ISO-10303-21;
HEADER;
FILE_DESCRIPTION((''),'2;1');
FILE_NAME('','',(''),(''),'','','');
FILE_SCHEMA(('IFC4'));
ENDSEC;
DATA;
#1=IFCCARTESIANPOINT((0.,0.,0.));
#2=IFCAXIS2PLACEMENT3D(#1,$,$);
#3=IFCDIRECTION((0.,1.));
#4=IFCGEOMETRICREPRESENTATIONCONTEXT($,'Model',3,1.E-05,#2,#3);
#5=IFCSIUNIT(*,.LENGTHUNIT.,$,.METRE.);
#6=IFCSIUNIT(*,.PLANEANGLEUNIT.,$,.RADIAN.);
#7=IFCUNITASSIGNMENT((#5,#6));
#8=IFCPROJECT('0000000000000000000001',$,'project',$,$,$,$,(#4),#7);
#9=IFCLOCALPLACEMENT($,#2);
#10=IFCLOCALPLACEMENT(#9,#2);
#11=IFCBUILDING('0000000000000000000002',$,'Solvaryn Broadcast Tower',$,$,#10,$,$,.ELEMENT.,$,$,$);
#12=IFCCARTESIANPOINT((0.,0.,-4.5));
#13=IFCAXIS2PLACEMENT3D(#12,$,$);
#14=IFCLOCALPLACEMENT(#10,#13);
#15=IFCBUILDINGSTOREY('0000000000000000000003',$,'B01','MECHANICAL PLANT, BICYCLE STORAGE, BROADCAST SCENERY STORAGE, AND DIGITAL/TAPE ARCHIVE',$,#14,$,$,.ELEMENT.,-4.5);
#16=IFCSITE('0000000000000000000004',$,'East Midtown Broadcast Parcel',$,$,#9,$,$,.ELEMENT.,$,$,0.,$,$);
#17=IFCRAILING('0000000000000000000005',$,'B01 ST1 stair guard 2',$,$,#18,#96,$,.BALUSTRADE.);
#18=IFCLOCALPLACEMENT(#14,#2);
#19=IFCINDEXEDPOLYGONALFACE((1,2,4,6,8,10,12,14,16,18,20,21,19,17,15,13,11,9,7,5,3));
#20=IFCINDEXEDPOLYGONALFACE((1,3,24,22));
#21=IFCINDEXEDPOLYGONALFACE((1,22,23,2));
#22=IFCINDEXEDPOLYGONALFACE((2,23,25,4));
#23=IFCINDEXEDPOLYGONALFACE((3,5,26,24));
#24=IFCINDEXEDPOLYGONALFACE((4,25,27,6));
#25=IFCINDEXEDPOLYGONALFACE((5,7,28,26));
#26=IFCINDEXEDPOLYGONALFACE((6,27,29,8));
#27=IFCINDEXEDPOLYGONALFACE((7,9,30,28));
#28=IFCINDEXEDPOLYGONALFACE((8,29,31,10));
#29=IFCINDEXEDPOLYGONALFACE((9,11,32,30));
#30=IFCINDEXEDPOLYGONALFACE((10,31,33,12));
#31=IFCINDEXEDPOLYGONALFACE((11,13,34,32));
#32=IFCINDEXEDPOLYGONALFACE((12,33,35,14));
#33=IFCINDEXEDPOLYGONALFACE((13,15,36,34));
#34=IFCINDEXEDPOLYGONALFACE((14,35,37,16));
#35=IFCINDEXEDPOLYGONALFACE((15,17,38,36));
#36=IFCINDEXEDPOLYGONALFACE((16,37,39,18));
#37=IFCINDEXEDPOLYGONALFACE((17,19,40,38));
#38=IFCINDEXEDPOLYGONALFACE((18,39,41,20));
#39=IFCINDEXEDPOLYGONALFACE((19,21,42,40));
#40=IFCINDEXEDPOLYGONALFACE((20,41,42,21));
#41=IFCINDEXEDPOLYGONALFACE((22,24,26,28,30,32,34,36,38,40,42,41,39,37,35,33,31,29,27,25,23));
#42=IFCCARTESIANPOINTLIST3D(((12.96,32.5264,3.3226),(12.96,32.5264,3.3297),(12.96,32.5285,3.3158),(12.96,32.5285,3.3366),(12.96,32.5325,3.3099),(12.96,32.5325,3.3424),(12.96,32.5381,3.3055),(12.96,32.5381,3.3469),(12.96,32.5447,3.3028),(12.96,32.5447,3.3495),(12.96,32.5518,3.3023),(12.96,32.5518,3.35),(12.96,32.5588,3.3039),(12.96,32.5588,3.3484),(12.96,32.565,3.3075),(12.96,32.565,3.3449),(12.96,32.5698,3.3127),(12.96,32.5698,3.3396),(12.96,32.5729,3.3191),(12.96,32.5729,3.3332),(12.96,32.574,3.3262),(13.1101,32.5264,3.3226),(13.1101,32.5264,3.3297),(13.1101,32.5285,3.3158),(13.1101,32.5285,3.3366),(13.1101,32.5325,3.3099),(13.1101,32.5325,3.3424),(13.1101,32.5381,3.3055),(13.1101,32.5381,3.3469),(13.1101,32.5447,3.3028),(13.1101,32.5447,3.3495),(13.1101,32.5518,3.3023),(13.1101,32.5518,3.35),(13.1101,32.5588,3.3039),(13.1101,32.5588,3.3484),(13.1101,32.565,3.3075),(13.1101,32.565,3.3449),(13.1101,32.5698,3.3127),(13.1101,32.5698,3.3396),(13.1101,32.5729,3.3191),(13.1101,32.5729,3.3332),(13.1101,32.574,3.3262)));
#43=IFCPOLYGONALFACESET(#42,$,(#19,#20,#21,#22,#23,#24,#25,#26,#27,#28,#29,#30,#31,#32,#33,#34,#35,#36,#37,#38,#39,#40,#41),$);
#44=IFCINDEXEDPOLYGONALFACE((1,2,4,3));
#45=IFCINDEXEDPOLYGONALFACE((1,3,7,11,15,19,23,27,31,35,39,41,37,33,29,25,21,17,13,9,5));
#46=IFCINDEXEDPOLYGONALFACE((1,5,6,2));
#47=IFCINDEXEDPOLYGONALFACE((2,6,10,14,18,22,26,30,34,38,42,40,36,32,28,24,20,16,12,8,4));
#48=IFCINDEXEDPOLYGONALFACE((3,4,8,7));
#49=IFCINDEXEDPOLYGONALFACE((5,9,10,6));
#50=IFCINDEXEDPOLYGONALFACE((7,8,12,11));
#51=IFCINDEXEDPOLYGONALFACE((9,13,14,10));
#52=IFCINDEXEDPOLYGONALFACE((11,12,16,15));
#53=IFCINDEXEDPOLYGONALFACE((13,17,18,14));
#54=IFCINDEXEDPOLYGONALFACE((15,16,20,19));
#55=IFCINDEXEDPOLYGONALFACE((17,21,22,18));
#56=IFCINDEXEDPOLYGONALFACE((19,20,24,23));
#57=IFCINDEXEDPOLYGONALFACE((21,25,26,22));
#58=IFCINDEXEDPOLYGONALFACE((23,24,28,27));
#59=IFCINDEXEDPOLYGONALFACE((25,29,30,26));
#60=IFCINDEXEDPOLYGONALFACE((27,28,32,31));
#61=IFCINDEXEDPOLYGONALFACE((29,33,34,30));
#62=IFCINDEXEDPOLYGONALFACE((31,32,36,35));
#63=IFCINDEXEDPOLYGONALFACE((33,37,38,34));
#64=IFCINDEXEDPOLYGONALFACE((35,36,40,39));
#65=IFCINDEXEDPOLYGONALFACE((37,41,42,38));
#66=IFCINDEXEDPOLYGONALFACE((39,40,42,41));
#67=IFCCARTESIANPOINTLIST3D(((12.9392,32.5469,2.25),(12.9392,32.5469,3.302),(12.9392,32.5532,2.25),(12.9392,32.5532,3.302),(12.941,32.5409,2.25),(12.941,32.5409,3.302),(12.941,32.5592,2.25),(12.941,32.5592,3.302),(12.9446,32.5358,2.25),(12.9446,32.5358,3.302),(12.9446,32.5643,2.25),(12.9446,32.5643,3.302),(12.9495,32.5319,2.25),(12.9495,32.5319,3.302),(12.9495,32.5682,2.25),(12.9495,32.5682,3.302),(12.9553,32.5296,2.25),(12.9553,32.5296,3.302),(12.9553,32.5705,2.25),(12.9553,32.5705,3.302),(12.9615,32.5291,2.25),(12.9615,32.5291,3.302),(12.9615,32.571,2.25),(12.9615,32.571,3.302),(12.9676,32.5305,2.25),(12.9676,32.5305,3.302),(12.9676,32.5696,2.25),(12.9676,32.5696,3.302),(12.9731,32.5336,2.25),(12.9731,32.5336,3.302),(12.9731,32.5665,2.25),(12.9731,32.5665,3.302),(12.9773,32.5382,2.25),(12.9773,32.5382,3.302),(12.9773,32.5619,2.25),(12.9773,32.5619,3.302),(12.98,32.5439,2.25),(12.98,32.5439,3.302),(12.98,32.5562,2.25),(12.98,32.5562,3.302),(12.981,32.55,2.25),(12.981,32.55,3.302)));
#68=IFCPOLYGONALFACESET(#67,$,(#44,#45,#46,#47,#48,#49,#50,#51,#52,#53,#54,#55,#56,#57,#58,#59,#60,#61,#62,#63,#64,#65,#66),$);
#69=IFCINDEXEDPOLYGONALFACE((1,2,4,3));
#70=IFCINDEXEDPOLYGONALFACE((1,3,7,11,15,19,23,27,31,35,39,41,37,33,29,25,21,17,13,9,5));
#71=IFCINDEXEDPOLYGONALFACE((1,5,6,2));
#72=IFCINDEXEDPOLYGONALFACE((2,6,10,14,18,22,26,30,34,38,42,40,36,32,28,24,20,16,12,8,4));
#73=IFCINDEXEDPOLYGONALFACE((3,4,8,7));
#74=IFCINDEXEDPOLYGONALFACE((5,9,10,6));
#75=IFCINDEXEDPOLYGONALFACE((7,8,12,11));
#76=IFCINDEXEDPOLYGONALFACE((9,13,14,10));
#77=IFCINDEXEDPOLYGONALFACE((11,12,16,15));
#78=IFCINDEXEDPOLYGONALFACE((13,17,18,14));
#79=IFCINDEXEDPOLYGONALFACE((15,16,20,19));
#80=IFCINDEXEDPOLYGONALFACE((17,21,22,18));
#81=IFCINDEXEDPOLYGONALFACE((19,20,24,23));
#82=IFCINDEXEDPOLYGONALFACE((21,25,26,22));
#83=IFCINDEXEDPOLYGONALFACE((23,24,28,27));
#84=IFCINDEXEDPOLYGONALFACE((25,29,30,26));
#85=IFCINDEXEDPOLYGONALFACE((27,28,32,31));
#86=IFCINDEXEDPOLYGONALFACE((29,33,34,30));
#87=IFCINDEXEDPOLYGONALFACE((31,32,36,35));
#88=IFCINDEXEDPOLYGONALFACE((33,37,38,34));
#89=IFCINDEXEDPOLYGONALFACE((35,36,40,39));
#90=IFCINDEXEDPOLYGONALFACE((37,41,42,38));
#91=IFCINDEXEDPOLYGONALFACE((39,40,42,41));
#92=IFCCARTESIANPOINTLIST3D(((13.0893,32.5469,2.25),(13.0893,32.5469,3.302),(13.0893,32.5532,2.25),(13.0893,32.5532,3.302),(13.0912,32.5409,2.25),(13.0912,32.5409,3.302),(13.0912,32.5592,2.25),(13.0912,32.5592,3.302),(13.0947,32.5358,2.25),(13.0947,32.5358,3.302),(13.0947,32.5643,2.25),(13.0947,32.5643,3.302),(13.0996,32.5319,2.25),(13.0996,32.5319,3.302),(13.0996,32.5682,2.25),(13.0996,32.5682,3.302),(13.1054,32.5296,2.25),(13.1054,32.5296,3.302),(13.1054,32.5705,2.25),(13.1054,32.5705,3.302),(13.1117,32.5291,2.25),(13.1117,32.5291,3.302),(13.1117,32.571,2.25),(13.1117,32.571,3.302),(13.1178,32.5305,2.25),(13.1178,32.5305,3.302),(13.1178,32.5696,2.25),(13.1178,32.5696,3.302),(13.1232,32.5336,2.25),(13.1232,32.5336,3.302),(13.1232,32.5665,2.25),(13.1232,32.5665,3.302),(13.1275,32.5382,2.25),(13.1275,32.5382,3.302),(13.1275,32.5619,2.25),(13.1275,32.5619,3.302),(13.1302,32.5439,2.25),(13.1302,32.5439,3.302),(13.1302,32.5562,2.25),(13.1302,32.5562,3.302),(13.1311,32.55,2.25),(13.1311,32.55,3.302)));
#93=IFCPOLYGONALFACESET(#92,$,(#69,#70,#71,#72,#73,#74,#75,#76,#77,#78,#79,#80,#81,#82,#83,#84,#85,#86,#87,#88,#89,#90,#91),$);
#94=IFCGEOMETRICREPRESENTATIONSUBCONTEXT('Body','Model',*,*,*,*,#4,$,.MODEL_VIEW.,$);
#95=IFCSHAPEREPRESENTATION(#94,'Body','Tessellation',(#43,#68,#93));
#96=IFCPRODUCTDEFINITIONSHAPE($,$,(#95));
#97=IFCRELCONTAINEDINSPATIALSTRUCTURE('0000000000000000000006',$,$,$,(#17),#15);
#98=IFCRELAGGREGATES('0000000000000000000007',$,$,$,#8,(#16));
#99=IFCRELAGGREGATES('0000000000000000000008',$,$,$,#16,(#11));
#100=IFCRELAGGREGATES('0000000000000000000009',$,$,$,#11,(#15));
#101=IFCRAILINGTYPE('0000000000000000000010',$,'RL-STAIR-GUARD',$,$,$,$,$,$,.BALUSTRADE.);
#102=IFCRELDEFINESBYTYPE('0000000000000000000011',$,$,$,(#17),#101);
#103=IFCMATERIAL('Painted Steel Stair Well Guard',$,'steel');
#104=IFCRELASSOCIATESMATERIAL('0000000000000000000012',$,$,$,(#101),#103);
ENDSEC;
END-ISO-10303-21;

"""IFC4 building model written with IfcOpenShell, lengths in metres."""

from ifc_helpers import new_model, si_unit, direction, frame, origin, origin_2d, place, context, subcontext, project, spatial, circle, extrude, material, type_object, element, save


model = new_model("IFC4")

# Units and contexts
model_context = context("Model", 3, precision=1e-05, world=origin(), true_north=direction((0.0, 1.0)))
body_context = subcontext(model_context, "Body", "Model", "MODEL_VIEW")
ifc_project = project(units=[si_unit("LENGTHUNIT", "METRE"), si_unit("PLANEANGLEUNIT", "RADIAN")], contexts=[model_context])

# Site, building, storey
site_placement = place(None, origin())
site = spatial("IfcSite", under=ifc_project, at=site_placement, Name="East Midtown Broadcast Parcel", CompositionType="ELEMENT", RefElevation=0.0)
building_placement = place(site_placement, origin())
building = spatial("IfcBuilding", under=site, at=building_placement, Name="Solvaryn Broadcast Tower", CompositionType="ELEMENT")
storey_placement = place(building_placement, frame((0.0, 0.0, -4.5)))
storey = spatial("IfcBuildingStorey", under=building, at=storey_placement, Name="B01", Description="MECHANICAL PLANT, BICYCLE STORAGE, BROADCAST SCENERY STORAGE, AND DIGITAL/TAPE ARCHIVE", CompositionType="ELEMENT", Elevation=-4.5)

# Railing
ifc_material_1 = material(Name="Painted Steel Stair Well Guard", Category="steel")
railing_type_1 = type_object("IfcRailingType", Name="RL-STAIR-GUARD", PredefinedType="BALUSTRADE", material=ifc_material_1)
railing_1_placement = place(storey_placement, frame((12.96, 32.55, 2.25)))
element("IfcRailing", 1, at=railing_1_placement, inside=storey, type_object=railing_type_1, Name="B01 ST1 stair guard 2", PredefinedType="BALUSTRADE", context=body_context, shape_type="SweptSolid", body=[
    extrude(circle(Radius=0.0239, at=origin_2d()), frame((0.0, 0.0, 1.0762), z_axis=(1.0, 0.0, 0.0), x_axis=(0.0, 1.0, 0.0)), (0.0, 0.0, 1.0), 0.1501),
    extrude(circle(Radius=0.021, at=origin_2d()), origin(), (0.0, 0.0, 1.0), 1.052),
    extrude(circle(Radius=0.021, at=origin_2d()), frame((0.1501, 0.0, 0.0)), (0.0, 0.0, 1.0), 1.052),
])

save(model, "model.ifc")
